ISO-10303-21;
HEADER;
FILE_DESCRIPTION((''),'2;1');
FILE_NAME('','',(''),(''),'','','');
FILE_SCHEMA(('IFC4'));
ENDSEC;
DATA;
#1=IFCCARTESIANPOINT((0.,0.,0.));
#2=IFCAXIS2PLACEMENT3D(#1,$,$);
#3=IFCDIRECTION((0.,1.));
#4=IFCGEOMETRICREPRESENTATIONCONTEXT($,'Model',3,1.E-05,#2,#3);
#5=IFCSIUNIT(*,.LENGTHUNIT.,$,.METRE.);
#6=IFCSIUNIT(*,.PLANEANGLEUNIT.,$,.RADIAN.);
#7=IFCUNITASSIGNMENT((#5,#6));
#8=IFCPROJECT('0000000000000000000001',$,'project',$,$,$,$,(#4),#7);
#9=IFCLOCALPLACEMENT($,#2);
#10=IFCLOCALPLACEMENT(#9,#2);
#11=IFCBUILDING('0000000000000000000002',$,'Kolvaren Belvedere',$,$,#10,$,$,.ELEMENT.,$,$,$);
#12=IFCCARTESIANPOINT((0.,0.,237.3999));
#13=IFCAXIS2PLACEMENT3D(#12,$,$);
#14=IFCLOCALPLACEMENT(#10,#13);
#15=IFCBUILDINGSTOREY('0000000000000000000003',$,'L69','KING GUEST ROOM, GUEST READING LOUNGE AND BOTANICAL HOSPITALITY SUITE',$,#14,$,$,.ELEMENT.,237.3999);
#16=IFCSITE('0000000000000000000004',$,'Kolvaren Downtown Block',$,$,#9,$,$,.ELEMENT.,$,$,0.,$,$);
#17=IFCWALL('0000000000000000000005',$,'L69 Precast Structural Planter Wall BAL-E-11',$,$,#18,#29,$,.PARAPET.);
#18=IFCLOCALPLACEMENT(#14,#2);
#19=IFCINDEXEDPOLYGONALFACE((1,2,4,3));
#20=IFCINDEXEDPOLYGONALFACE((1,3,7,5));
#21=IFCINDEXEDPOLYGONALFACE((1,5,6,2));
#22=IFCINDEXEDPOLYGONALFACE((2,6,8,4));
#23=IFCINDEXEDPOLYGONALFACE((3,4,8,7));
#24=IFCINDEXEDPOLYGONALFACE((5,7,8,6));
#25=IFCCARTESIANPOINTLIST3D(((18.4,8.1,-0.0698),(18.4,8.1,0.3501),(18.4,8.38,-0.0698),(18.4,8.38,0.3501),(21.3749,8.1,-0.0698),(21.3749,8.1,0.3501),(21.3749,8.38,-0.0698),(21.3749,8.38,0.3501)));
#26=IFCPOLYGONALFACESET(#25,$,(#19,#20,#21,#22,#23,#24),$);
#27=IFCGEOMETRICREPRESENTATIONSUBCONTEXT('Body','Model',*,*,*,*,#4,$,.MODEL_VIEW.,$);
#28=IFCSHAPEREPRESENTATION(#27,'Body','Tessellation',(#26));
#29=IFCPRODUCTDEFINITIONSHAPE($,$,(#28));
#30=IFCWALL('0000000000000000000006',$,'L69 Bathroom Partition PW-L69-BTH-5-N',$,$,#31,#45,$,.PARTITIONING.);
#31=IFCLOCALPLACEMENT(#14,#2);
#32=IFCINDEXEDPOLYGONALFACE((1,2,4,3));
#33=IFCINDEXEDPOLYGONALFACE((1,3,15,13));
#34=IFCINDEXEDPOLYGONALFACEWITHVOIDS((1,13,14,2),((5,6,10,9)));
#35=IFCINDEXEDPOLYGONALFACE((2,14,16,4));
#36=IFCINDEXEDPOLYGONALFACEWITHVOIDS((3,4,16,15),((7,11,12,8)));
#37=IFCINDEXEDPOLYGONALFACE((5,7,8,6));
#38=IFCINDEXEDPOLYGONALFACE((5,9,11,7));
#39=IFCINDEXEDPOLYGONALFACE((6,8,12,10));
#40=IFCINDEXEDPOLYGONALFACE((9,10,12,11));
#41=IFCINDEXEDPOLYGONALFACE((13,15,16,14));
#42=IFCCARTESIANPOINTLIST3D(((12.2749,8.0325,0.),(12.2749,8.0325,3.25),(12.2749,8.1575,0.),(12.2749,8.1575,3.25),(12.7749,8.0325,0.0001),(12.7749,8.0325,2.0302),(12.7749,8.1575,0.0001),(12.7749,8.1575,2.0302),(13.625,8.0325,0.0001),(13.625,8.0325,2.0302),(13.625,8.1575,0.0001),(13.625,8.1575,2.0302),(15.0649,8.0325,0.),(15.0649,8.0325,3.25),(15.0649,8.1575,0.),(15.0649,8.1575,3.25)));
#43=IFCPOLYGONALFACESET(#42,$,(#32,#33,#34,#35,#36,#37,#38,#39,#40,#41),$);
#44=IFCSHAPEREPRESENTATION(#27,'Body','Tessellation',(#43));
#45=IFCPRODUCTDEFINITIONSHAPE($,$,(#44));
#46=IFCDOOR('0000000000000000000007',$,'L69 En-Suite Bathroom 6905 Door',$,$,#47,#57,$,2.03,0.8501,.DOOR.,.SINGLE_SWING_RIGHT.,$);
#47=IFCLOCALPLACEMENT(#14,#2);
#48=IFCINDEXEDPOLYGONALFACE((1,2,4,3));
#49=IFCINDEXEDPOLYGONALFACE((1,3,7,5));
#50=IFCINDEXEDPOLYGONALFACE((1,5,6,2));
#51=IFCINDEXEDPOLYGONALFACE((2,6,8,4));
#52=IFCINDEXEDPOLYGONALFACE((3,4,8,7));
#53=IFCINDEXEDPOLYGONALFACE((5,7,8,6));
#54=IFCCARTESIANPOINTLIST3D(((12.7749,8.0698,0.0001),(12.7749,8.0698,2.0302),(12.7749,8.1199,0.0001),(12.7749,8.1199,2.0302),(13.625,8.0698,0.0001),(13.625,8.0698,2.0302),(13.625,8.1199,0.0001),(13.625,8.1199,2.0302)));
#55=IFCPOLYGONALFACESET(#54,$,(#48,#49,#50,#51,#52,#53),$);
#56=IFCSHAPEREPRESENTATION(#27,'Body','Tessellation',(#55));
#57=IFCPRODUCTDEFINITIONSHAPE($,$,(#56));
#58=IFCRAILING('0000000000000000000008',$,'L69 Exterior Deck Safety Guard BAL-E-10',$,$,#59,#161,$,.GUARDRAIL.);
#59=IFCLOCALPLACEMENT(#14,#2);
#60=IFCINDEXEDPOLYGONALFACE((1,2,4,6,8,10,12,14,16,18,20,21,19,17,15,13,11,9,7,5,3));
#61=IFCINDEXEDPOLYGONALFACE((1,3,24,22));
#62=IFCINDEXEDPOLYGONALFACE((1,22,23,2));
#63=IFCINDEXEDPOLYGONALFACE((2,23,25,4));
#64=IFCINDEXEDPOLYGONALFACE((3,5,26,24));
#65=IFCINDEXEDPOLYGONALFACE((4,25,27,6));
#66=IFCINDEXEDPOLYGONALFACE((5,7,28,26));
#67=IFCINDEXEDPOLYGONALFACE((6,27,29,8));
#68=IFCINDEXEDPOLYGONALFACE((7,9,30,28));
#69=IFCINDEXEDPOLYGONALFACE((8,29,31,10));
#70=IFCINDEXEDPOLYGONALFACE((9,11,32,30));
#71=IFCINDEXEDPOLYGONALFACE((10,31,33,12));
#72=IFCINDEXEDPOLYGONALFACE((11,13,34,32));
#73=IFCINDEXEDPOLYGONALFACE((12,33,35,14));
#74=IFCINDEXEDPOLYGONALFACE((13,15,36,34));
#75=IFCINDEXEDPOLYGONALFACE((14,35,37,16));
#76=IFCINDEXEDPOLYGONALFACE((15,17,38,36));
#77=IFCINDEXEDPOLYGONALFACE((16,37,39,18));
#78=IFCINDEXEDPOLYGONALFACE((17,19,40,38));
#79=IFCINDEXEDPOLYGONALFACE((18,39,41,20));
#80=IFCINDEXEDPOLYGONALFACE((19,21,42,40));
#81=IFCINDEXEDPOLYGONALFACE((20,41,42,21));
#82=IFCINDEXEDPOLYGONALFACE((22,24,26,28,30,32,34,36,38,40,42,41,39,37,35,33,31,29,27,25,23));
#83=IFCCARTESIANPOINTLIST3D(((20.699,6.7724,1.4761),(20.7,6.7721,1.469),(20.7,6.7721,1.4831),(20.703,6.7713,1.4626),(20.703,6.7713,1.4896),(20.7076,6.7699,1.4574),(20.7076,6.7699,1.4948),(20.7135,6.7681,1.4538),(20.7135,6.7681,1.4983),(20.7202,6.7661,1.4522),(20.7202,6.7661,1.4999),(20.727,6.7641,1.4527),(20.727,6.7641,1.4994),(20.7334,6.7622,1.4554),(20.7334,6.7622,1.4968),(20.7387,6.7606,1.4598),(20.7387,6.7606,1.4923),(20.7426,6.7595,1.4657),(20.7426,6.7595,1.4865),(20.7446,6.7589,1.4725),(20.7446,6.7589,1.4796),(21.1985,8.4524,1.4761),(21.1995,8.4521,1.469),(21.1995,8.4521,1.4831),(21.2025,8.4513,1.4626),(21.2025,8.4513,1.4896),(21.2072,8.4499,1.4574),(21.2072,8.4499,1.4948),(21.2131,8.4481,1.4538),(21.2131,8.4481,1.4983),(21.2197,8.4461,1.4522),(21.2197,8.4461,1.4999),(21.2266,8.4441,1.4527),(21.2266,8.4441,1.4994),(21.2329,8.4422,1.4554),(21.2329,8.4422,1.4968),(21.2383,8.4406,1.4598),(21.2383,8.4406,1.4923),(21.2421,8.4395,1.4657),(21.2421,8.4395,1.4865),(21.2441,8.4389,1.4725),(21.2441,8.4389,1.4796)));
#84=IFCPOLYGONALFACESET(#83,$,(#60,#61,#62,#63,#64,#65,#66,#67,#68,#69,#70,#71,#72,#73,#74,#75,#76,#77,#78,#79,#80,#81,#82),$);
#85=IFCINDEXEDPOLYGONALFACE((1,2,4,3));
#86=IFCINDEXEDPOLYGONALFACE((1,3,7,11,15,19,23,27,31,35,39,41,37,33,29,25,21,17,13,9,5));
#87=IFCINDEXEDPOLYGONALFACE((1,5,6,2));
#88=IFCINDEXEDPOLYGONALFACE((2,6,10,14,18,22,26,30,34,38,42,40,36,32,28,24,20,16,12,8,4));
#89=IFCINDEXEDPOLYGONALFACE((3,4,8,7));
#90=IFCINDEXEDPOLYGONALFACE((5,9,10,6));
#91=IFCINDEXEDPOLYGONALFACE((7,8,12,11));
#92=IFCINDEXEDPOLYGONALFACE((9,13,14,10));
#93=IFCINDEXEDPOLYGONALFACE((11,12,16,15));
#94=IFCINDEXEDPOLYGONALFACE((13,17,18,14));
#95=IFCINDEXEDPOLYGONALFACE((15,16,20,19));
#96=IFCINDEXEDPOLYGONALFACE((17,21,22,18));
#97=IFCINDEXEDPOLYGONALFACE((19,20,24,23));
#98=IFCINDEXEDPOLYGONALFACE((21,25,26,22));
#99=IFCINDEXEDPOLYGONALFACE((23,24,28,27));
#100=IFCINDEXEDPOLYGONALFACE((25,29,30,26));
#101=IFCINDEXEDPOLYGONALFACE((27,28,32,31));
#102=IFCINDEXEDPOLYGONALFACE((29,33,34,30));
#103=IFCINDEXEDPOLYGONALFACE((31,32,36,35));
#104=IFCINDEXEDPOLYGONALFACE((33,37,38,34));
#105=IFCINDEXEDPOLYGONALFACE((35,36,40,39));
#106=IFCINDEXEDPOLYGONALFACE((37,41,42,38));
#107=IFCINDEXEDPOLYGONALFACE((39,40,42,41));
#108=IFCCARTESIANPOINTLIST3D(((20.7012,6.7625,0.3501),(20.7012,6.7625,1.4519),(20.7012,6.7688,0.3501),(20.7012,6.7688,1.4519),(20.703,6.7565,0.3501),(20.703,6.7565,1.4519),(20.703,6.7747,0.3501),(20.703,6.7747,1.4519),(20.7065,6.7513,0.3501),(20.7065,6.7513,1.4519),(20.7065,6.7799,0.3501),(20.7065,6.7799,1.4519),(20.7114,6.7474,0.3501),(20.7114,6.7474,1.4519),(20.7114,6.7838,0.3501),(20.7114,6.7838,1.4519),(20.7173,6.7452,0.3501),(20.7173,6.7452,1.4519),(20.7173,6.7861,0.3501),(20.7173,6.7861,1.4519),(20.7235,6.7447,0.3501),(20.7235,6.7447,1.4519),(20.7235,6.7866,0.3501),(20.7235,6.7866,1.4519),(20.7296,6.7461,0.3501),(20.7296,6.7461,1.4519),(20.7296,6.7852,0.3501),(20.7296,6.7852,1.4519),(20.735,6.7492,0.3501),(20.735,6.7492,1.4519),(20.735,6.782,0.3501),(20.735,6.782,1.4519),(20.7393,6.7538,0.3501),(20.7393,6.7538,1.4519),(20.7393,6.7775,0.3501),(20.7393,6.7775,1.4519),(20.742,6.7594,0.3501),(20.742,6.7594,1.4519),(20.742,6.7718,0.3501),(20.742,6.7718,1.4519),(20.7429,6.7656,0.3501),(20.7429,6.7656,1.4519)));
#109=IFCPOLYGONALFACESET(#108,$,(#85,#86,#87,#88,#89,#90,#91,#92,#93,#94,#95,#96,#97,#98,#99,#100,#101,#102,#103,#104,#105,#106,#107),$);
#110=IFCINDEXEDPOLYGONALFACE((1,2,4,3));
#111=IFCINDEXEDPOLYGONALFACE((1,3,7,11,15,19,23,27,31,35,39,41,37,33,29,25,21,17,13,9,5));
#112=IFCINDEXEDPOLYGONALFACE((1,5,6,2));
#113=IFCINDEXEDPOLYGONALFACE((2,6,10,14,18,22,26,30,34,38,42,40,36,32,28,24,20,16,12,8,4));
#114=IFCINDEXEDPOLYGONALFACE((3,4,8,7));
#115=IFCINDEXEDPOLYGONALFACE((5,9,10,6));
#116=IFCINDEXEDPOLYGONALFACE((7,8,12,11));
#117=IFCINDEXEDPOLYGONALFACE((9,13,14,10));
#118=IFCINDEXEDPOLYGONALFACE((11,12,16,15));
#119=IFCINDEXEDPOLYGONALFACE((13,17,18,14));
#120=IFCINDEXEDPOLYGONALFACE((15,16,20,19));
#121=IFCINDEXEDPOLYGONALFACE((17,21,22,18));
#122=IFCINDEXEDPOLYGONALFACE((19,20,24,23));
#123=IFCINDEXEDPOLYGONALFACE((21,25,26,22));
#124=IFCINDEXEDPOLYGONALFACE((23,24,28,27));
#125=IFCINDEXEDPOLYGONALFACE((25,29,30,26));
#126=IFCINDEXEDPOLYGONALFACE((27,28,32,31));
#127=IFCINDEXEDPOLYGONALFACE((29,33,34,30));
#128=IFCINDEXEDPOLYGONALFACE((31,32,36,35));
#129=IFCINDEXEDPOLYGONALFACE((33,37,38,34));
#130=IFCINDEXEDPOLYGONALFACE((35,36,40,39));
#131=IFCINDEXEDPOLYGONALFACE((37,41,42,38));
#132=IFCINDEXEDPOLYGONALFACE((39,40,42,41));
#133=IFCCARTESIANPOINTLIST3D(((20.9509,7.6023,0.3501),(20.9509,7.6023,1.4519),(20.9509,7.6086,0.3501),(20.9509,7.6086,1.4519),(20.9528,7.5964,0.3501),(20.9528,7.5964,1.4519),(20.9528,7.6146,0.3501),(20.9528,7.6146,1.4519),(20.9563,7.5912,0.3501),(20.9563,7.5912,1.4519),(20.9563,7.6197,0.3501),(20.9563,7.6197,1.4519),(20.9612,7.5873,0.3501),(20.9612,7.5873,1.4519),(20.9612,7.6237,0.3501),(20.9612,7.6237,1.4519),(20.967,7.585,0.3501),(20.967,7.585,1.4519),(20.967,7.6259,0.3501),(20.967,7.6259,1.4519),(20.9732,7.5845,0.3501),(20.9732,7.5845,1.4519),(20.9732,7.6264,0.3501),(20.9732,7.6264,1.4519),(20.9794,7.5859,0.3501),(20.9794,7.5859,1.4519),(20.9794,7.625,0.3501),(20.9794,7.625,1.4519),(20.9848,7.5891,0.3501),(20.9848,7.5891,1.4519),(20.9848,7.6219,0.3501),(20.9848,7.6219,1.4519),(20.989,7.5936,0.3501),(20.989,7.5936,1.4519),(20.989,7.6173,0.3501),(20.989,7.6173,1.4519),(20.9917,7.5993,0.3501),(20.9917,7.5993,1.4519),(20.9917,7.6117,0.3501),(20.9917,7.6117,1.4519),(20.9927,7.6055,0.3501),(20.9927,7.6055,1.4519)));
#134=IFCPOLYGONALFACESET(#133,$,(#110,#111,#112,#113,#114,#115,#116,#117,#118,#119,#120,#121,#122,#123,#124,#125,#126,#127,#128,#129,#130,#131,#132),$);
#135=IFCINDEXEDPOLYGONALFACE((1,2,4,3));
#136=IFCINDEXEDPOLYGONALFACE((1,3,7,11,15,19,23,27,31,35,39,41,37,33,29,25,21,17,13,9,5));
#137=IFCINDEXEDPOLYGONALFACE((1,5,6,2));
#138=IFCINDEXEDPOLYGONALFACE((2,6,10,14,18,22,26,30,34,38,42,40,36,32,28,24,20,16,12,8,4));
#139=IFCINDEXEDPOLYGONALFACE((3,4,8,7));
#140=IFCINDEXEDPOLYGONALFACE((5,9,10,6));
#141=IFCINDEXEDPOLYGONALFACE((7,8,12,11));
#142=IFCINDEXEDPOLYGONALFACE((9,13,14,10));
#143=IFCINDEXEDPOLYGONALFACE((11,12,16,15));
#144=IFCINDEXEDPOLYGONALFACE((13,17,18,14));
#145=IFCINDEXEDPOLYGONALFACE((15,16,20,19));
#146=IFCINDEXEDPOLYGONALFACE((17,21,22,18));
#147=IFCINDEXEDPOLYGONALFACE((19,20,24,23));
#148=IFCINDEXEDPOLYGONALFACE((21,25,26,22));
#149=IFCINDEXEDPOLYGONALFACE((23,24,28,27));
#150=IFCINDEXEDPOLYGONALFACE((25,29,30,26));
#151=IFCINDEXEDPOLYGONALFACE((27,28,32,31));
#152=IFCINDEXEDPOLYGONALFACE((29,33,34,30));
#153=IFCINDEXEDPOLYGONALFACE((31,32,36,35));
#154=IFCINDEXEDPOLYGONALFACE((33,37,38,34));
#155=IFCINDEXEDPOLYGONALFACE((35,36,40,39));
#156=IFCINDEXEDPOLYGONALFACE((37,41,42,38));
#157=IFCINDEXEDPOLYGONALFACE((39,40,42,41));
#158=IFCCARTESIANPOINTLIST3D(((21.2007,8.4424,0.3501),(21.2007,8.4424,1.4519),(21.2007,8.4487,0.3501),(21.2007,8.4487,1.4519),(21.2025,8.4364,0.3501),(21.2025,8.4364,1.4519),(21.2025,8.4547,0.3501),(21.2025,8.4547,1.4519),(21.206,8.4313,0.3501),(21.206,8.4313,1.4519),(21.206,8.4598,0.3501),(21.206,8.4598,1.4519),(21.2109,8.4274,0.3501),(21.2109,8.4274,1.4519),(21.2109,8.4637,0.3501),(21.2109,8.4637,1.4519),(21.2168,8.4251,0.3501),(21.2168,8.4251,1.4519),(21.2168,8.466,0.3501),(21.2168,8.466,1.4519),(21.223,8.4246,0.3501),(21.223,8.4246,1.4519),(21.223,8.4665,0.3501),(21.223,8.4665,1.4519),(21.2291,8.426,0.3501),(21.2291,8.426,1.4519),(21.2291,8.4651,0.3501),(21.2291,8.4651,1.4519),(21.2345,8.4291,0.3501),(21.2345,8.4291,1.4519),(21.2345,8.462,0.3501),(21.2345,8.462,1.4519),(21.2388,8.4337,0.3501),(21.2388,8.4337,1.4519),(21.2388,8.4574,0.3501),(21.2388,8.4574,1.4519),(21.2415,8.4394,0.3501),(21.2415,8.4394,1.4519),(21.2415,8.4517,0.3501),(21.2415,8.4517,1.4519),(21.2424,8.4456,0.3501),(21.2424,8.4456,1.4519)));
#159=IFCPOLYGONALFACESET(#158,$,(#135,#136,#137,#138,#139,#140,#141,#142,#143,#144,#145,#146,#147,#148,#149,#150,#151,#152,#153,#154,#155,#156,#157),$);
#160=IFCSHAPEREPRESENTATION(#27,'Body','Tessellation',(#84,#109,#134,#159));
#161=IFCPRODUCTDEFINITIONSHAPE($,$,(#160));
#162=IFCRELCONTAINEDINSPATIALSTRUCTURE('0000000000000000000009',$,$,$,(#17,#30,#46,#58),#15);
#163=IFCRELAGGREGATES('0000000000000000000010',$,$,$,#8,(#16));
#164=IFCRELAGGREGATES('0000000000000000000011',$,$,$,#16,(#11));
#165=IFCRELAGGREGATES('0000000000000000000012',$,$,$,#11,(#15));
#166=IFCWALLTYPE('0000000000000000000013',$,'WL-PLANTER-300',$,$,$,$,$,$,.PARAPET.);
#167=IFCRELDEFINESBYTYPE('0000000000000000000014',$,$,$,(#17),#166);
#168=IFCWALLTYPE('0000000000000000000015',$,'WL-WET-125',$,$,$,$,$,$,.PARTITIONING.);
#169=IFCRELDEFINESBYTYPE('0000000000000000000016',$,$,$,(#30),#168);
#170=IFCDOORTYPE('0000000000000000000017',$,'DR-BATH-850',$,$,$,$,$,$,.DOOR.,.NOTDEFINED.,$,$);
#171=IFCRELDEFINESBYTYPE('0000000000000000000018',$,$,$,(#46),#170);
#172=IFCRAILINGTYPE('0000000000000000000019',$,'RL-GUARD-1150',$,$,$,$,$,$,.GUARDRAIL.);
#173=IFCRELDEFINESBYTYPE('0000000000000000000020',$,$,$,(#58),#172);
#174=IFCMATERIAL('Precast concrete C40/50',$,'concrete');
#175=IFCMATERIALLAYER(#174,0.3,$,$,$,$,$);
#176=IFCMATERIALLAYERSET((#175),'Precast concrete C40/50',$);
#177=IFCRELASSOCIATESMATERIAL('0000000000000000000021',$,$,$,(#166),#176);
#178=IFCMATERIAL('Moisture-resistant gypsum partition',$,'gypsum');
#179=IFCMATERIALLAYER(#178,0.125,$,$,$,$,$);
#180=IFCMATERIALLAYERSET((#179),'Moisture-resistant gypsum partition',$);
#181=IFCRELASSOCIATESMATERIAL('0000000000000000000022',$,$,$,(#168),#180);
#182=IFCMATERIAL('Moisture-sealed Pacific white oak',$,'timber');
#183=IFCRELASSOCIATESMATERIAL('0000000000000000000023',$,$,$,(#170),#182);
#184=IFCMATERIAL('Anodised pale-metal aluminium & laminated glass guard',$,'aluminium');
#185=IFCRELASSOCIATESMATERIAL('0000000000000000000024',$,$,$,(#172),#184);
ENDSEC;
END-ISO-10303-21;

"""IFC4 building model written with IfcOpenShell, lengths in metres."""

from ifc_helpers import new_model, si_unit, direction, frame, frame_2d, origin, origin_2d, place, context, subcontext, project, spatial, rectangle, circle, extrude, material, layer, layer_set, type_object, element, fill, save


model = new_model("IFC4")

# Units and contexts
model_context = context("Model", 3, precision=1e-05, world=origin(), true_north=direction((0.0, 1.0)))
body_context = subcontext(model_context, "Body", "Model", "MODEL_VIEW")
ifc_project = project(units=[si_unit("LENGTHUNIT", "METRE"), si_unit("PLANEANGLEUNIT", "RADIAN")], contexts=[model_context])

# Site, building, storey
site_placement = place(None, origin())
site = spatial("IfcSite", under=ifc_project, at=site_placement, Name="Kolvaren Downtown Block", CompositionType="ELEMENT", RefElevation=0.0)
building_placement = place(site_placement, origin())
building = spatial("IfcBuilding", under=site, at=building_placement, Name="Kolvaren Belvedere", CompositionType="ELEMENT")
storey_placement = place(building_placement, frame((0.0, 0.0, 237.3999)))
storey = spatial("IfcBuildingStorey", under=building, at=storey_placement, Name="L69", Description="KING GUEST ROOM, GUEST READING LOUNGE AND BOTANICAL HOSPITALITY SUITE", CompositionType="ELEMENT", Elevation=237.3999)

# Wall
ifc_material_1 = material(Name="Precast concrete C40/50", Category="concrete")
ifc_layer_1 = layer(ifc_material_1, 0.3)
ifc_layer_set_1 = layer_set([ifc_layer_1], Name="Precast concrete C40/50")
wall_type_1 = type_object("IfcWallType", Name="WL-PLANTER-300", PredefinedType="PARAPET", material=ifc_layer_set_1)
wall_1_placement = place(storey_placement, frame((21.3748, 8.24, -0.0698), z_axis=(0.0, 0.0, 1.0), x_axis=(-1.0, 0.0, 0.0)))
element("IfcWall", 1, at=wall_1_placement, inside=storey, type_object=wall_type_1, Name="L69 Precast Structural Planter Wall BAL-E-11", PredefinedType="PARAPET", context=body_context, shape_type="SweptSolid", body=[
    extrude(rectangle(XDim=2.9749, YDim=0.28, at=frame_2d((1.4873, 0.0))), origin(), (0.0, 0.0, 1.0), 0.4199),
])

# Wall, opening, door
ifc_material_2 = material(Name="Moisture-resistant gypsum partition", Category="gypsum")
ifc_layer_2 = layer(ifc_material_2, 0.125)
ifc_layer_set_2 = layer_set([ifc_layer_2], Name="Moisture-resistant gypsum partition")
wall_type_2 = type_object("IfcWallType", Name="WL-WET-125", PredefinedType="PARTITIONING", material=ifc_layer_set_2)
wall_2_placement = place(storey_placement, frame((12.2749, 8.095, 0.0), z_axis=(0.0, 0.0, 1.0), x_axis=(1.0, 0.0, 0.0)))
wall_2 = element("IfcWall", 2, at=wall_2_placement, inside=storey, type_object=wall_type_2, Name="L69 Bathroom Partition PW-L69-BTH-5-N", PredefinedType="PARTITIONING", context=body_context, shape_type="SweptSolid", body=[
    extrude(rectangle(XDim=2.79, YDim=0.125, at=frame_2d((1.395, 0.0))), origin(), (0.0, 0.0, 1.0), 3.25),
])
opening_placement = place(wall_2_placement, frame((0.5, 0.0, 0.0)))
opening = element("IfcOpeningElement", 3, at=opening_placement, cuts=wall_2, PredefinedType="OPENING", context=body_context, shape_type="SweptSolid", body=[
    extrude(rectangle(XDim=0.8501, YDim=2.03, at=frame_2d((0.425, 1.0151))), frame((0.0, 0.0725, 0.0), z_axis=(0.0, -1.0, 0.0), x_axis=(1.0, 0.0, 0.0)), (0.0, 0.0, 1.0), 0.145),
])
ifc_material_3 = material(Name="Moisture-sealed Pacific white oak", Category="timber")
door_type = type_object("IfcDoorType", Name="DR-BATH-850", OperationType="NOTDEFINED", PredefinedType="DOOR", material=ifc_material_3)
door_placement = place(opening_placement, origin())
door = element("IfcDoor", 4, at=door_placement, inside=storey, type_object=door_type, Name="L69 En-Suite Bathroom 6905 Door", OperationType="SINGLE_SWING_RIGHT", OverallHeight=2.03, OverallWidth=0.8501, PredefinedType="DOOR", context=body_context, shape_type="SweptSolid", body=[
    extrude(rectangle(XDim=0.8501, YDim=2.03, at=frame_2d((0.425, 1.0151))), frame((0.0, 0.0249, 0.0), z_axis=(0.0, -1.0, 0.0), x_axis=(1.0, 0.0, 0.0)), (0.0, 0.0, 1.0), 0.05),
])
fill(opening, door)

# Railing
ifc_material_4 = material(Name="Anodised pale-metal aluminium & laminated glass guard", Category="aluminium")
railing_type = type_object("IfcRailingType", Name="RL-GUARD-1150", PredefinedType="GUARDRAIL", material=ifc_material_4)
railing_1_placement = place(storey_placement, frame((20.7219, 6.7656, 0.3501)))
element("IfcRailing", 5, at=railing_1_placement, inside=storey, type_object=railing_type, Name="L69 Exterior Deck Safety Guard BAL-E-10", PredefinedType="GUARDRAIL", context=body_context, shape_type="SweptSolid", body=[
    extrude(circle(Radius=0.0239, at=origin_2d()), frame((0.0, 0.0, 1.126), z_axis=(0.285008, 0.958525, 0.0), x_axis=(-0.958525, 0.285008, 0.0)), (0.0, 0.0, 1.0), 1.7527),
    extrude(circle(Radius=0.021, at=origin_2d()), origin(), (0.0, 0.0, 1.0), 1.1018),
    extrude(circle(Radius=0.021, at=origin_2d()), frame((0.2498, 0.8398, 0.0)), (0.0, 0.0, 1.0), 1.1018),
    extrude(circle(Radius=0.021, at=origin_2d()), frame((0.4995, 1.6799, 0.0)), (0.0, 0.0, 1.0), 1.1018),
])

save(model, "model.ifc")
